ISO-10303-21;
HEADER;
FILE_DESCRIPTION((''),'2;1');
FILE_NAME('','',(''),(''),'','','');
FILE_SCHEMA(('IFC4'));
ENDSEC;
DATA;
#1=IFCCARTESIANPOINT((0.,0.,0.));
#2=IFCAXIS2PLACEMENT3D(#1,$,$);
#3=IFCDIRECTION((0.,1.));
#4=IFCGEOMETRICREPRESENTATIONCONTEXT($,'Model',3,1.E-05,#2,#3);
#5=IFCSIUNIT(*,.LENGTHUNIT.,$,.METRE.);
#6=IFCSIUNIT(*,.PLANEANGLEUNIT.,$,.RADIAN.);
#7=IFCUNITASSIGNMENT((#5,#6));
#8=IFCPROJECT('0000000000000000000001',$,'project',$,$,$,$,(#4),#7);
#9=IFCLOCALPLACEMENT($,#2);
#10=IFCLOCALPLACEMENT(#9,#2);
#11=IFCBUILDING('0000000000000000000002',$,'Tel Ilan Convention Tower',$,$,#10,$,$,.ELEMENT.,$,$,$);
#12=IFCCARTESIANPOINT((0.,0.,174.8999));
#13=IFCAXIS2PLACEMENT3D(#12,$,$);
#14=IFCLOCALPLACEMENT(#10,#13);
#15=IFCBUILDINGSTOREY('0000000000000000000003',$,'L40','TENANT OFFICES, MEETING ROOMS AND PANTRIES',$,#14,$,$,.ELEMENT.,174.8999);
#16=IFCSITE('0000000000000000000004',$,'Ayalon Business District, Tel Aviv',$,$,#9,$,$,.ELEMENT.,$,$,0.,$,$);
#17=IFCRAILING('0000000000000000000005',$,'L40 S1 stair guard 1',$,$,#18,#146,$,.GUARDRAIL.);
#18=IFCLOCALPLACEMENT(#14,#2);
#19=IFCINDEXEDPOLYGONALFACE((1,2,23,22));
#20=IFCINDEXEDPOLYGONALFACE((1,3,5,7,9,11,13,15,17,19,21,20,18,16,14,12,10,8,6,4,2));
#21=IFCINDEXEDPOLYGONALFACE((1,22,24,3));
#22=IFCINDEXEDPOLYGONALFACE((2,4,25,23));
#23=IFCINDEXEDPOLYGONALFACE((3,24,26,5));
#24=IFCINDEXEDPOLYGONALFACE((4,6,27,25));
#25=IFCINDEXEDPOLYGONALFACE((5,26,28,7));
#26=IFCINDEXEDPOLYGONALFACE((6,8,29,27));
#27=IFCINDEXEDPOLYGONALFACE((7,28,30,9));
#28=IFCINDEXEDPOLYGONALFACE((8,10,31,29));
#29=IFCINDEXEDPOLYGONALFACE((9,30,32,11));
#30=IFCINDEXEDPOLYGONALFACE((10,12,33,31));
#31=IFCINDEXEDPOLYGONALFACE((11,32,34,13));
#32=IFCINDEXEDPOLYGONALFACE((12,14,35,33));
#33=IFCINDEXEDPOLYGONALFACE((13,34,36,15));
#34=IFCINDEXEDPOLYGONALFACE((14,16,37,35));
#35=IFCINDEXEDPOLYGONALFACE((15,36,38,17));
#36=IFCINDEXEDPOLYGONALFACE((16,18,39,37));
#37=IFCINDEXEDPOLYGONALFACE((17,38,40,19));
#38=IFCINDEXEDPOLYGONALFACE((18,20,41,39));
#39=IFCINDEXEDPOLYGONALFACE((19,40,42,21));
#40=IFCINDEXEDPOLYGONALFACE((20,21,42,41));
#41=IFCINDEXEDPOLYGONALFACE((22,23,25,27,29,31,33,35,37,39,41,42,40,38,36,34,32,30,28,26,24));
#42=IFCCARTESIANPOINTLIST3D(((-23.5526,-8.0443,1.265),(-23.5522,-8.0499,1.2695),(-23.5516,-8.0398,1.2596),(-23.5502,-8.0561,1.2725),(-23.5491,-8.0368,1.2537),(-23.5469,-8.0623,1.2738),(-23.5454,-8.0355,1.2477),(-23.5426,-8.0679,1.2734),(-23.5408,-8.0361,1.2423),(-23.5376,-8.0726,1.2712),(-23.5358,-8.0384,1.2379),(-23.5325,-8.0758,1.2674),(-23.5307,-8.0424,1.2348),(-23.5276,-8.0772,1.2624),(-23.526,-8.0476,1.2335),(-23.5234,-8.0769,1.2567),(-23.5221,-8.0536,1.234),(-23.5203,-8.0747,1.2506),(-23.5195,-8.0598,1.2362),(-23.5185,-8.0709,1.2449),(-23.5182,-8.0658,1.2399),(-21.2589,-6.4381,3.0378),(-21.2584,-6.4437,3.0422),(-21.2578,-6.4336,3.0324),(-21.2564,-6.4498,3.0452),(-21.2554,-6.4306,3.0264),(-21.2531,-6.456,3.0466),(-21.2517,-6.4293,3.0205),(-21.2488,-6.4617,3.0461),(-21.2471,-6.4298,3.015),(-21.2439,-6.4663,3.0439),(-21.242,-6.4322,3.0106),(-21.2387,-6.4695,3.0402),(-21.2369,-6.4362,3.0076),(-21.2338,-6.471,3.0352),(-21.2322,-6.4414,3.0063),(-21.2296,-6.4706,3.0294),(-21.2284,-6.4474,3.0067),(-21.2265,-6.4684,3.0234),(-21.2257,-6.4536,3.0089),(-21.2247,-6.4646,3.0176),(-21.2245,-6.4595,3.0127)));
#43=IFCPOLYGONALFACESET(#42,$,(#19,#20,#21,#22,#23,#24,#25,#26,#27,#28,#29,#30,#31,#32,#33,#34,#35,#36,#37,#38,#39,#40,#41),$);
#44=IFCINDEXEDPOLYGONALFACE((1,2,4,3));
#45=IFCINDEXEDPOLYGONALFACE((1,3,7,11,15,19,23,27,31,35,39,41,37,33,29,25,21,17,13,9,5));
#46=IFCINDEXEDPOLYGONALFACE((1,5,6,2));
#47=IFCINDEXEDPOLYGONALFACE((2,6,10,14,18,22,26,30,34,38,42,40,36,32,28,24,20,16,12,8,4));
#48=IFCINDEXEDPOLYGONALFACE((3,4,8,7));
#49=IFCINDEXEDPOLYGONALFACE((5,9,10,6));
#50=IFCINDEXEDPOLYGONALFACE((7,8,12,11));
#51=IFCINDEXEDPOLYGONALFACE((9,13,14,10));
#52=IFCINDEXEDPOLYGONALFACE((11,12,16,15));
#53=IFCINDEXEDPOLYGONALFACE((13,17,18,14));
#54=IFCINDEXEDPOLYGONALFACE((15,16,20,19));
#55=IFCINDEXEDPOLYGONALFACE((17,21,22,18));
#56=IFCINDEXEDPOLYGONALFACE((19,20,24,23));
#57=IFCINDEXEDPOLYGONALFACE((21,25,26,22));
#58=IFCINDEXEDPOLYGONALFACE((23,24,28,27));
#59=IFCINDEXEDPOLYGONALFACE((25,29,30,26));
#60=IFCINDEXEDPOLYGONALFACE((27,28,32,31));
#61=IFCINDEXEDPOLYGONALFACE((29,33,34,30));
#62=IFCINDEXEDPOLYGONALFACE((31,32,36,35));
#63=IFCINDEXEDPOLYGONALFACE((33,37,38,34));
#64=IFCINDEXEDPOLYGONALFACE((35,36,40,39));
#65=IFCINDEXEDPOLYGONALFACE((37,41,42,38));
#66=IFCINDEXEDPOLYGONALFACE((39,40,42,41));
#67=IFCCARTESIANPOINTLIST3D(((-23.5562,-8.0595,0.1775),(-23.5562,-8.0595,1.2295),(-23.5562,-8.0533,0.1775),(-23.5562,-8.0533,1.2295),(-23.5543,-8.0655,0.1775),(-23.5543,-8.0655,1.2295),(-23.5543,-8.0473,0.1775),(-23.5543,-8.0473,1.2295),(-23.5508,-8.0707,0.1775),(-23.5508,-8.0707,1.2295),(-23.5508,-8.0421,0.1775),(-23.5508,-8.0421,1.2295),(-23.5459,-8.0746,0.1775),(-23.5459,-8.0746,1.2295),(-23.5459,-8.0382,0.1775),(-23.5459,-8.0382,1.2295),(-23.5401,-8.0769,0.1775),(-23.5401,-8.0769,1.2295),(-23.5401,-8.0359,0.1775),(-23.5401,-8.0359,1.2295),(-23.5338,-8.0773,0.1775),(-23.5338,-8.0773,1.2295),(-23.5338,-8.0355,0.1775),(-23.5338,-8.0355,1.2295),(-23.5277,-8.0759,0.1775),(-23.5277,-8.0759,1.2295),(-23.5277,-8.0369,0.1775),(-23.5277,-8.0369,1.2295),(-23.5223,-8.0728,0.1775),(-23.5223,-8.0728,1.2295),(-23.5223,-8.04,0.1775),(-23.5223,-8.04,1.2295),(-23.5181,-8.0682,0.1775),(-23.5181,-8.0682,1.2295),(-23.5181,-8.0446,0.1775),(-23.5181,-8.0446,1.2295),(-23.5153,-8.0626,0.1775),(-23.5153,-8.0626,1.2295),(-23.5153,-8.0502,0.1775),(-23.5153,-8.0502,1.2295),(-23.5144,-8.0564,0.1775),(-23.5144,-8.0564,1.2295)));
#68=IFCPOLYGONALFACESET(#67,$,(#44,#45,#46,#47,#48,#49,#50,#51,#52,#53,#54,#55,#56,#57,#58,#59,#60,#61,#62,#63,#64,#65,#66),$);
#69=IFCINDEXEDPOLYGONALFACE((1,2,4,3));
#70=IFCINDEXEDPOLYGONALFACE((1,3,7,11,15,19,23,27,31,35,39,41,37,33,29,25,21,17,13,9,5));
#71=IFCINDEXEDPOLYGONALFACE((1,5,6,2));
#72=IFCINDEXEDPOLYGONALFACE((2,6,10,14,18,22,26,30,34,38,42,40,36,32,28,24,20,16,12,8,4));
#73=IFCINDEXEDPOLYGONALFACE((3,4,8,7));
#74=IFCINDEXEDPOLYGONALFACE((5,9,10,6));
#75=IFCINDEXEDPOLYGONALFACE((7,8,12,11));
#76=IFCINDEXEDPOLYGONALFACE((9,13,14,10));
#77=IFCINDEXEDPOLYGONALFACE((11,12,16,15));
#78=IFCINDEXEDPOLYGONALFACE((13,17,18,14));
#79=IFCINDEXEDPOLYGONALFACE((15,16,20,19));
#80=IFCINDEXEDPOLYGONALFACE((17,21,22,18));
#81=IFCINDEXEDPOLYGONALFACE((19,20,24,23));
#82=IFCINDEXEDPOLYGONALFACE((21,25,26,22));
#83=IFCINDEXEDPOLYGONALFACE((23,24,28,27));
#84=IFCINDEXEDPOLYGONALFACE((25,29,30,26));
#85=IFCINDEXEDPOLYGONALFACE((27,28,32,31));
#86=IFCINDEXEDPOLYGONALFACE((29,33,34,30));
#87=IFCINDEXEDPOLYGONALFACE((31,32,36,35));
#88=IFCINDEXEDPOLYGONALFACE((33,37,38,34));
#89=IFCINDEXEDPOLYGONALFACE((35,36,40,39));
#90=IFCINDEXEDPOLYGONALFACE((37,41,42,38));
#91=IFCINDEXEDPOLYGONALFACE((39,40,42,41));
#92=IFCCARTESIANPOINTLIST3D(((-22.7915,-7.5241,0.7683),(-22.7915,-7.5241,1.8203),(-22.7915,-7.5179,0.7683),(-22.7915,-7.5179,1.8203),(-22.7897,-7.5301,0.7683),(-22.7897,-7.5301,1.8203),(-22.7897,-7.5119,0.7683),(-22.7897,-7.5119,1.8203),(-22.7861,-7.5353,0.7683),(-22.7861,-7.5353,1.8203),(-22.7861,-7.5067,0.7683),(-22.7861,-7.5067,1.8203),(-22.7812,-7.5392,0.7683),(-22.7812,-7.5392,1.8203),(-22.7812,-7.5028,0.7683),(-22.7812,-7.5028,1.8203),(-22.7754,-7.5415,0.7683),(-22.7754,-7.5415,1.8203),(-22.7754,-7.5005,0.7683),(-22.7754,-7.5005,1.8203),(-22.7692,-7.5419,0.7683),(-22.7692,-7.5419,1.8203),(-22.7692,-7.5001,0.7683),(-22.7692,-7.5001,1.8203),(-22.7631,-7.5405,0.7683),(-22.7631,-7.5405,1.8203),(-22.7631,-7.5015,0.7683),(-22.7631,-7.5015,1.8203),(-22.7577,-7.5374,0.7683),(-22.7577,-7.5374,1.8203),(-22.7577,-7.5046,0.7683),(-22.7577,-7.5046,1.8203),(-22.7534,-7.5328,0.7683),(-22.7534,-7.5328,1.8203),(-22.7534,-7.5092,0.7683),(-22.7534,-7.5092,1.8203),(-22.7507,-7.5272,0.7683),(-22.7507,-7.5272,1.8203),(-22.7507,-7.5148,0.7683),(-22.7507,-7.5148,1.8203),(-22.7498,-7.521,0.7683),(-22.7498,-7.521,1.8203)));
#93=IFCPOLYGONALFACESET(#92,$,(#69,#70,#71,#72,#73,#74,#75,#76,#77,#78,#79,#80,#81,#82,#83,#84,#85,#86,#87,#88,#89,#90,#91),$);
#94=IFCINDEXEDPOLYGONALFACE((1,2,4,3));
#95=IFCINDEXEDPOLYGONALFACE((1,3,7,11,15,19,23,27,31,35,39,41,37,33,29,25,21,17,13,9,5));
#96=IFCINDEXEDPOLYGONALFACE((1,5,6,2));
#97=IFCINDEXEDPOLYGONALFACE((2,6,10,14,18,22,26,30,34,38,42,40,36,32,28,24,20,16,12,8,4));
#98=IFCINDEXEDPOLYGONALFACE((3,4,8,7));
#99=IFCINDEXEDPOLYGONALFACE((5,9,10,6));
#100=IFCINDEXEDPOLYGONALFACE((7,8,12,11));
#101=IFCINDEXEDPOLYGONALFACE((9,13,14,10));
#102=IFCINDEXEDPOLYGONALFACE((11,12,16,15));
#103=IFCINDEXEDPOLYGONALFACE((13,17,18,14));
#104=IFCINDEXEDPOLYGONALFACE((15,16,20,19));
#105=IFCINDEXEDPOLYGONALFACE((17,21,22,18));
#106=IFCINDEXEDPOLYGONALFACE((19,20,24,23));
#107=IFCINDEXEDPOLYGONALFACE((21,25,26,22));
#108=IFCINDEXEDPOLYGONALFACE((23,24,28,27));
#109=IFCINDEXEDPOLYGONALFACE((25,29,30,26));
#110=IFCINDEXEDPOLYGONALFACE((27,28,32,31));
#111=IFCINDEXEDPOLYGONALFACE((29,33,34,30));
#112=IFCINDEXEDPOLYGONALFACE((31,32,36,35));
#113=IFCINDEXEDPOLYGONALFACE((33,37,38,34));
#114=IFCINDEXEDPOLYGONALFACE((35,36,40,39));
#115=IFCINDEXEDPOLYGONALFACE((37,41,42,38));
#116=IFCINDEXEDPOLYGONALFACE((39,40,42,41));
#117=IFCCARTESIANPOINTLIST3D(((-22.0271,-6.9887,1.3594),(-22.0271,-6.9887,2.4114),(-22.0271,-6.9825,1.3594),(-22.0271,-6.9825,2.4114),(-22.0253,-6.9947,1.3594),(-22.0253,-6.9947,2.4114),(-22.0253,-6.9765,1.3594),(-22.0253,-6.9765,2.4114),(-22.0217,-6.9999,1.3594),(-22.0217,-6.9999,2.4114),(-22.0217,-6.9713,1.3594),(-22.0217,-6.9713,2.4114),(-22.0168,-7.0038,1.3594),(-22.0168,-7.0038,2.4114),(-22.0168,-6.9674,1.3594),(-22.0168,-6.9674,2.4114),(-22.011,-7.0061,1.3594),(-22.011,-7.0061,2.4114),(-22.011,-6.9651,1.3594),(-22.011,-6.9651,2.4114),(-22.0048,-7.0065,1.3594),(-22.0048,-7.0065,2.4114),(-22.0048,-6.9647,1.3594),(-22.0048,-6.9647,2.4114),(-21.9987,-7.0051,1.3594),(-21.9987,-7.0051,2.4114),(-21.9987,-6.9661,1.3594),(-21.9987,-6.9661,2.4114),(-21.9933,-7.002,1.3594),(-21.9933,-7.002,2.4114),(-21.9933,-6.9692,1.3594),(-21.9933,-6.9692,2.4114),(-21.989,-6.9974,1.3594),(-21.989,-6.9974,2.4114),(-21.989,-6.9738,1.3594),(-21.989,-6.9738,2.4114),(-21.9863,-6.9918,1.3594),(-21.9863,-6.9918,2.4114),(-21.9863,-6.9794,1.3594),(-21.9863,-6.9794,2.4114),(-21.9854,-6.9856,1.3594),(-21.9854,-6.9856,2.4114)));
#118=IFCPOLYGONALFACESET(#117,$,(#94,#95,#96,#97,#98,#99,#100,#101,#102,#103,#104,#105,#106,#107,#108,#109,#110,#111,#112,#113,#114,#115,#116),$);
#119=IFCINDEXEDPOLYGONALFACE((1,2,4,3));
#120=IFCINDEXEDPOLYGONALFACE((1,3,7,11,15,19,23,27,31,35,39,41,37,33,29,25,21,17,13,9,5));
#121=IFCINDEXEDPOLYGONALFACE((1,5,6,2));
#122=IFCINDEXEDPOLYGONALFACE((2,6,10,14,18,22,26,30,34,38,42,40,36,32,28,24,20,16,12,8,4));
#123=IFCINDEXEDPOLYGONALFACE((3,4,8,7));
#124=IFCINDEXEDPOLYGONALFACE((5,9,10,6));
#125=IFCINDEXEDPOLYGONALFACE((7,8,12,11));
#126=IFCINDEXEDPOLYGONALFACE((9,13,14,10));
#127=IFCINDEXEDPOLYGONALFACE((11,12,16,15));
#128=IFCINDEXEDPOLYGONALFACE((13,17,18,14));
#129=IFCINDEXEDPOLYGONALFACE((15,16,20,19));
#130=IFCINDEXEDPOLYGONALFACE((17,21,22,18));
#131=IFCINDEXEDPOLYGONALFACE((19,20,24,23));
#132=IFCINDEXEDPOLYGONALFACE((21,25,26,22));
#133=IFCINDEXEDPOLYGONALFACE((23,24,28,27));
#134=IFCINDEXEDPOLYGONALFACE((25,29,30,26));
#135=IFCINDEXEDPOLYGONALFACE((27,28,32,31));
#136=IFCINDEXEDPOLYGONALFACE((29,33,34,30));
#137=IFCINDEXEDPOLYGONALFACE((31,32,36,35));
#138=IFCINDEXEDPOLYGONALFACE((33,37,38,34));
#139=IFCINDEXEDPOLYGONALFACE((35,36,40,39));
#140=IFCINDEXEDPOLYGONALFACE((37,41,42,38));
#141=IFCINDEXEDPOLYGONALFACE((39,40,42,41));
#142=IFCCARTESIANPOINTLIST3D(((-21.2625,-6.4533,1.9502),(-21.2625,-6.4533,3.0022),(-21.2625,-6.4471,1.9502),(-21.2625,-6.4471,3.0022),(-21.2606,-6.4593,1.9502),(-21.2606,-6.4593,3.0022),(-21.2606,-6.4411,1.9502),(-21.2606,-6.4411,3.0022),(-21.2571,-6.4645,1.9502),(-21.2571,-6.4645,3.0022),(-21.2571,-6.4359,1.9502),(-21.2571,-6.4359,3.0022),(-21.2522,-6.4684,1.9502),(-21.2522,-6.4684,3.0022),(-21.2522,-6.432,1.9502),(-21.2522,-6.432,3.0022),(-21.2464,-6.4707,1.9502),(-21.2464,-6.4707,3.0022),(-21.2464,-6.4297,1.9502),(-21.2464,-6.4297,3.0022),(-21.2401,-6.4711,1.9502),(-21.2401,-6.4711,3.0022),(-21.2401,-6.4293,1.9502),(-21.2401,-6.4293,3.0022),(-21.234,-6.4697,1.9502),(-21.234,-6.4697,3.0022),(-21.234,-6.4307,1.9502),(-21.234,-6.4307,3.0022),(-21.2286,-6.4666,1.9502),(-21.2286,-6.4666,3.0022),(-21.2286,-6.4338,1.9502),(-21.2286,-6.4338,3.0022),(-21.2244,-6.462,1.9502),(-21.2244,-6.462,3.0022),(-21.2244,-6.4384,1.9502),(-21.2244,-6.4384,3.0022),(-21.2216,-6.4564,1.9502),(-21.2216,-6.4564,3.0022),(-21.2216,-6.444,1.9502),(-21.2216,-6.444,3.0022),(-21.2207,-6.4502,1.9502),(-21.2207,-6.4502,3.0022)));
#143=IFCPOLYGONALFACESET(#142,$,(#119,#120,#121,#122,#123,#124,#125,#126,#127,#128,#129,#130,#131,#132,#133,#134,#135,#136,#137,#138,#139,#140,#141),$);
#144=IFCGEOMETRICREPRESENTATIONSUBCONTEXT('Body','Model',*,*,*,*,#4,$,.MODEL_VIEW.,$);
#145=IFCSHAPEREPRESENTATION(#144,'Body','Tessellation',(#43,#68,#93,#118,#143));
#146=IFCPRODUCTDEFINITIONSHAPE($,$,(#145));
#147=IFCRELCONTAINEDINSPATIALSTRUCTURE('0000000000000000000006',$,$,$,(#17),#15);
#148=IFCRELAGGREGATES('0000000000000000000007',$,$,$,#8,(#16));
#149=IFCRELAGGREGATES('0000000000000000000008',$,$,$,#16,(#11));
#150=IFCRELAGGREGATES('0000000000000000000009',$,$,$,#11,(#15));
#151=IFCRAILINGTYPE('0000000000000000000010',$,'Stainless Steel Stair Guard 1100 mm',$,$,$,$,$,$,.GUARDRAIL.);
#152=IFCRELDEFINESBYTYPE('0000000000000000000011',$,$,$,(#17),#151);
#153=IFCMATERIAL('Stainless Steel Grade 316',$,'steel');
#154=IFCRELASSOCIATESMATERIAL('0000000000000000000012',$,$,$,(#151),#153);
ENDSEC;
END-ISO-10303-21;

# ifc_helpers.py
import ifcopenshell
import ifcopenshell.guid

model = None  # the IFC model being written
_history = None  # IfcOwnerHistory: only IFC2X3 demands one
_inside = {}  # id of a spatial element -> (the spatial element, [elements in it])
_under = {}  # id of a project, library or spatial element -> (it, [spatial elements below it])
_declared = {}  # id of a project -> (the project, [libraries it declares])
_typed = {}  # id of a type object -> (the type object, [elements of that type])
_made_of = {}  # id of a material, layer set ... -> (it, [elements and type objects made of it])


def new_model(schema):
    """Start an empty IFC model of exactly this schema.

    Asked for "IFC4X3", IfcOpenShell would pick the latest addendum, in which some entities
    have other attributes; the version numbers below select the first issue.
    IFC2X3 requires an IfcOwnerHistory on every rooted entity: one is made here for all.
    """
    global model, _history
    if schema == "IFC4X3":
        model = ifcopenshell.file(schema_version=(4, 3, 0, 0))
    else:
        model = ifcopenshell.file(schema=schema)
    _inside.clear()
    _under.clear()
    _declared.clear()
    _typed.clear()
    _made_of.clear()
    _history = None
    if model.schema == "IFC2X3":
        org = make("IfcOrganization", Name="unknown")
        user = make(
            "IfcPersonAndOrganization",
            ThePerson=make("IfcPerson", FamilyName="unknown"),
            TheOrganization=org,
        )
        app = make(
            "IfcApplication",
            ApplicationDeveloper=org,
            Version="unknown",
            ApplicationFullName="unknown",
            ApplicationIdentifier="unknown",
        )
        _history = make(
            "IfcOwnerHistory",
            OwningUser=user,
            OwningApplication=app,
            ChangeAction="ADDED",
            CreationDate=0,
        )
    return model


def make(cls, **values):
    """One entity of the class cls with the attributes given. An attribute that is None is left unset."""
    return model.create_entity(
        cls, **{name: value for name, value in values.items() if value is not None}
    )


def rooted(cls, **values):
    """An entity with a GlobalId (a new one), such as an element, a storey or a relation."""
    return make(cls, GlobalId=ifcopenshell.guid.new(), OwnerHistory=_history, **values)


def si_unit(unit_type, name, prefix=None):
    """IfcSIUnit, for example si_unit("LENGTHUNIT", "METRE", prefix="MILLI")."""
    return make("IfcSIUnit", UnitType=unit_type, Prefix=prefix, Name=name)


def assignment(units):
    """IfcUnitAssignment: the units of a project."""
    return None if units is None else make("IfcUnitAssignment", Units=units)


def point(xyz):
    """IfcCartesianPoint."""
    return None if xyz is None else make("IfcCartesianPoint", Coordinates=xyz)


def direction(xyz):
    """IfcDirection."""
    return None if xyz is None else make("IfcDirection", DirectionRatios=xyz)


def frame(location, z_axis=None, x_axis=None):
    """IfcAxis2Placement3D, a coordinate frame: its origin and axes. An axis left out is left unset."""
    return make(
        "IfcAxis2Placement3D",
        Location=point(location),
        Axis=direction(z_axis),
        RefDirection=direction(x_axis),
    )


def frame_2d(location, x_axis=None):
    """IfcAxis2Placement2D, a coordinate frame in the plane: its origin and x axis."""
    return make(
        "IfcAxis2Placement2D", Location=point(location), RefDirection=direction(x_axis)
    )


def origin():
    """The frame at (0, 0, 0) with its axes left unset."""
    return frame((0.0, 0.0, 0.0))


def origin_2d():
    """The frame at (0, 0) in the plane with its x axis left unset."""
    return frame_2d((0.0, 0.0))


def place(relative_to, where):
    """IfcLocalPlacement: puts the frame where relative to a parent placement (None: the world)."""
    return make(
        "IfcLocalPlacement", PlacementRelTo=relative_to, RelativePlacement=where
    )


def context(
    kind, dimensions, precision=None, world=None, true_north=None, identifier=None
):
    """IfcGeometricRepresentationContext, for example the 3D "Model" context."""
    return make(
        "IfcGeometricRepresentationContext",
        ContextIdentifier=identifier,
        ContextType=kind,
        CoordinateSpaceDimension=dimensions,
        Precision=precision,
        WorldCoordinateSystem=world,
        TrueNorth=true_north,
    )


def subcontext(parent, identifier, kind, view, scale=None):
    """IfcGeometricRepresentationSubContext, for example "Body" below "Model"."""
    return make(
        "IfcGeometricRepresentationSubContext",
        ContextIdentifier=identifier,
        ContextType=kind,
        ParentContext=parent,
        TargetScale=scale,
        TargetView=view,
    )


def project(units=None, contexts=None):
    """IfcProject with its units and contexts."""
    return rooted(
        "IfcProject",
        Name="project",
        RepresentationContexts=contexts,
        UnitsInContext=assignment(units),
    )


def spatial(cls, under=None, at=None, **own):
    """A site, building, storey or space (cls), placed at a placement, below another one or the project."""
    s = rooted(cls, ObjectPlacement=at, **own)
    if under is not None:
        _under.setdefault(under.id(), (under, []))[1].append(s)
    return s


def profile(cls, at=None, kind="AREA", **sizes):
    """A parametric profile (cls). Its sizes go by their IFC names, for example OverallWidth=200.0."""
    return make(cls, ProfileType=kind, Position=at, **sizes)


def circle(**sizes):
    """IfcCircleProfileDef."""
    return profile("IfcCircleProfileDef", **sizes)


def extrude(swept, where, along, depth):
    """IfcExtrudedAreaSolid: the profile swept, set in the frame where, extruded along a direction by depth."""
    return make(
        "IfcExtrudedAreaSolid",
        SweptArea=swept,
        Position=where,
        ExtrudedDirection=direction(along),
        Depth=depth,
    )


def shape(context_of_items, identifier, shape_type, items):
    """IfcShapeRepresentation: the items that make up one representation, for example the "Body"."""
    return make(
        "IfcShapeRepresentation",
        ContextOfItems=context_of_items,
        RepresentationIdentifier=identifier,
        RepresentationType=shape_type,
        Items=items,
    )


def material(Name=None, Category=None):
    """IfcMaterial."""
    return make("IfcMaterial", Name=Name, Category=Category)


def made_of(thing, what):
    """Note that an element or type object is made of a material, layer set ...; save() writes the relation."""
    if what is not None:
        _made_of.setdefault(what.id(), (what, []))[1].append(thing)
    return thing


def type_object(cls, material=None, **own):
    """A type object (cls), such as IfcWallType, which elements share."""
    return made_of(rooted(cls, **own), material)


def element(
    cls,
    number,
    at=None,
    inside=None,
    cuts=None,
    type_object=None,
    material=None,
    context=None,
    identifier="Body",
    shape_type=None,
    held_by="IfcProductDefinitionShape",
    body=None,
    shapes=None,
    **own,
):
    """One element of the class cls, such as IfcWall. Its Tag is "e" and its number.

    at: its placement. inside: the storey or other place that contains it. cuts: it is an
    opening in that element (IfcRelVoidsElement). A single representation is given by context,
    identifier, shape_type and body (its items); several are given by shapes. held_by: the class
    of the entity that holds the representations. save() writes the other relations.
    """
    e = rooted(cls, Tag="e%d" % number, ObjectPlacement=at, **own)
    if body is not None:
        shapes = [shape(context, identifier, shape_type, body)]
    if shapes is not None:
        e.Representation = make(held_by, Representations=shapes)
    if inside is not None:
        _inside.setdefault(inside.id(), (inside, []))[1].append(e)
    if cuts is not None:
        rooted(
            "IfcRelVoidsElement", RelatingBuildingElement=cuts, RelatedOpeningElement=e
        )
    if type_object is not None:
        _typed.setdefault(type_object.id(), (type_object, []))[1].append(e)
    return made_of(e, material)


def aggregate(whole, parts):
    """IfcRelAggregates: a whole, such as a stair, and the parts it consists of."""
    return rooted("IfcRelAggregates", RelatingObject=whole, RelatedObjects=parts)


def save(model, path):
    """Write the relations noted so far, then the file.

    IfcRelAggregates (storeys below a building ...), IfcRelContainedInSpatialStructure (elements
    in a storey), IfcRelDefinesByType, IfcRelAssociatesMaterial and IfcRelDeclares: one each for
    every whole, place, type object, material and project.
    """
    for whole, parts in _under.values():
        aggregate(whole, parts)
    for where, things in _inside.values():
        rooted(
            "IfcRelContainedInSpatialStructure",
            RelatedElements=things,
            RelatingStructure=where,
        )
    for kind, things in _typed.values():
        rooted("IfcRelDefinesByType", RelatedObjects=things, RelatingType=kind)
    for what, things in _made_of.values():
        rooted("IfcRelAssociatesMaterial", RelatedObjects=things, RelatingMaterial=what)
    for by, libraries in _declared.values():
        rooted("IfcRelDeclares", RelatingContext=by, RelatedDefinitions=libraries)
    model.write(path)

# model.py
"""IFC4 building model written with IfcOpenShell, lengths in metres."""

from ifc_helpers import new_model, si_unit, direction, frame, origin, origin_2d, place, context, subcontext, project, spatial, circle, extrude, material, type_object, element, save


model = new_model("IFC4")

# Units and contexts
model_context = context("Model", 3, precision=1e-05, world=origin(), true_north=direction((0.0, 1.0)))
body_context = subcontext(model_context, "Body", "Model", "MODEL_VIEW")
ifc_project = project(units=[si_unit("LENGTHUNIT", "METRE"), si_unit("PLANEANGLEUNIT", "RADIAN")], contexts=[model_context])

# Site, building, storey
site_placement = place(None, origin())
site = spatial("IfcSite", under=ifc_project, at=site_placement, Name="Ayalon Business District, Tel Aviv", CompositionType="ELEMENT", RefElevation=0.0)
building_placement = place(site_placement, origin())
building = spatial("IfcBuilding", under=site, at=building_placement, Name="Tel Ilan Convention Tower", CompositionType="ELEMENT")
storey_placement = place(building_placement, frame((0.0, 0.0, 174.8999)))
storey = spatial("IfcBuildingStorey", under=building, at=storey_placement, Name="L40", Description="TENANT OFFICES, MEETING ROOMS AND PANTRIES", CompositionType="ELEMENT", Elevation=174.8999)

# Railing
ifc_material_1 = material(Name="Stainless Steel Grade 316", Category="steel")
railing_type_1 = type_object("IfcRailingType", Name="Stainless Steel Stair Guard 1100 mm", PredefinedType="GUARDRAIL", material=ifc_material_1)
railing_1_placement = place(storey_placement, frame((-23.5354, -8.0564, 0.1775)))
element("IfcRailing", 1, at=railing_1_placement, inside=storey, type_object=railing_type_1, Name="L40 S1 stair guard 1", PredefinedType="GUARDRAIL", context=body_context, shape_type="SweptSolid", body=[
    extrude(circle(Radius=0.0239, at=origin_2d()), frame((0.0, 0.0, 1.0762), z_axis=(0.692098, 0.484653, 0.534894), x_axis=(-0.573609, 0.81913, 0.0)), (0.0, 0.0, 1.0), 3.3142),
    extrude(circle(Radius=0.021, at=origin_2d()), origin(), (0.0, 0.0, 1.0), 1.052),
    extrude(circle(Radius=0.021, at=origin_2d()), frame((0.7646, 0.5354, 0.5908)), (0.0, 0.0, 1.0), 1.052),
    extrude(circle(Radius=0.021, at=origin_2d()), frame((1.5291, 1.0708, 1.1819)), (0.0, 0.0, 1.0), 1.052),
    extrude(circle(Radius=0.021, at=origin_2d()), frame((2.2937, 1.6062, 1.7727)), (0.0, 0.0, 1.0), 1.052),
])

save(model, "model.ifc")
